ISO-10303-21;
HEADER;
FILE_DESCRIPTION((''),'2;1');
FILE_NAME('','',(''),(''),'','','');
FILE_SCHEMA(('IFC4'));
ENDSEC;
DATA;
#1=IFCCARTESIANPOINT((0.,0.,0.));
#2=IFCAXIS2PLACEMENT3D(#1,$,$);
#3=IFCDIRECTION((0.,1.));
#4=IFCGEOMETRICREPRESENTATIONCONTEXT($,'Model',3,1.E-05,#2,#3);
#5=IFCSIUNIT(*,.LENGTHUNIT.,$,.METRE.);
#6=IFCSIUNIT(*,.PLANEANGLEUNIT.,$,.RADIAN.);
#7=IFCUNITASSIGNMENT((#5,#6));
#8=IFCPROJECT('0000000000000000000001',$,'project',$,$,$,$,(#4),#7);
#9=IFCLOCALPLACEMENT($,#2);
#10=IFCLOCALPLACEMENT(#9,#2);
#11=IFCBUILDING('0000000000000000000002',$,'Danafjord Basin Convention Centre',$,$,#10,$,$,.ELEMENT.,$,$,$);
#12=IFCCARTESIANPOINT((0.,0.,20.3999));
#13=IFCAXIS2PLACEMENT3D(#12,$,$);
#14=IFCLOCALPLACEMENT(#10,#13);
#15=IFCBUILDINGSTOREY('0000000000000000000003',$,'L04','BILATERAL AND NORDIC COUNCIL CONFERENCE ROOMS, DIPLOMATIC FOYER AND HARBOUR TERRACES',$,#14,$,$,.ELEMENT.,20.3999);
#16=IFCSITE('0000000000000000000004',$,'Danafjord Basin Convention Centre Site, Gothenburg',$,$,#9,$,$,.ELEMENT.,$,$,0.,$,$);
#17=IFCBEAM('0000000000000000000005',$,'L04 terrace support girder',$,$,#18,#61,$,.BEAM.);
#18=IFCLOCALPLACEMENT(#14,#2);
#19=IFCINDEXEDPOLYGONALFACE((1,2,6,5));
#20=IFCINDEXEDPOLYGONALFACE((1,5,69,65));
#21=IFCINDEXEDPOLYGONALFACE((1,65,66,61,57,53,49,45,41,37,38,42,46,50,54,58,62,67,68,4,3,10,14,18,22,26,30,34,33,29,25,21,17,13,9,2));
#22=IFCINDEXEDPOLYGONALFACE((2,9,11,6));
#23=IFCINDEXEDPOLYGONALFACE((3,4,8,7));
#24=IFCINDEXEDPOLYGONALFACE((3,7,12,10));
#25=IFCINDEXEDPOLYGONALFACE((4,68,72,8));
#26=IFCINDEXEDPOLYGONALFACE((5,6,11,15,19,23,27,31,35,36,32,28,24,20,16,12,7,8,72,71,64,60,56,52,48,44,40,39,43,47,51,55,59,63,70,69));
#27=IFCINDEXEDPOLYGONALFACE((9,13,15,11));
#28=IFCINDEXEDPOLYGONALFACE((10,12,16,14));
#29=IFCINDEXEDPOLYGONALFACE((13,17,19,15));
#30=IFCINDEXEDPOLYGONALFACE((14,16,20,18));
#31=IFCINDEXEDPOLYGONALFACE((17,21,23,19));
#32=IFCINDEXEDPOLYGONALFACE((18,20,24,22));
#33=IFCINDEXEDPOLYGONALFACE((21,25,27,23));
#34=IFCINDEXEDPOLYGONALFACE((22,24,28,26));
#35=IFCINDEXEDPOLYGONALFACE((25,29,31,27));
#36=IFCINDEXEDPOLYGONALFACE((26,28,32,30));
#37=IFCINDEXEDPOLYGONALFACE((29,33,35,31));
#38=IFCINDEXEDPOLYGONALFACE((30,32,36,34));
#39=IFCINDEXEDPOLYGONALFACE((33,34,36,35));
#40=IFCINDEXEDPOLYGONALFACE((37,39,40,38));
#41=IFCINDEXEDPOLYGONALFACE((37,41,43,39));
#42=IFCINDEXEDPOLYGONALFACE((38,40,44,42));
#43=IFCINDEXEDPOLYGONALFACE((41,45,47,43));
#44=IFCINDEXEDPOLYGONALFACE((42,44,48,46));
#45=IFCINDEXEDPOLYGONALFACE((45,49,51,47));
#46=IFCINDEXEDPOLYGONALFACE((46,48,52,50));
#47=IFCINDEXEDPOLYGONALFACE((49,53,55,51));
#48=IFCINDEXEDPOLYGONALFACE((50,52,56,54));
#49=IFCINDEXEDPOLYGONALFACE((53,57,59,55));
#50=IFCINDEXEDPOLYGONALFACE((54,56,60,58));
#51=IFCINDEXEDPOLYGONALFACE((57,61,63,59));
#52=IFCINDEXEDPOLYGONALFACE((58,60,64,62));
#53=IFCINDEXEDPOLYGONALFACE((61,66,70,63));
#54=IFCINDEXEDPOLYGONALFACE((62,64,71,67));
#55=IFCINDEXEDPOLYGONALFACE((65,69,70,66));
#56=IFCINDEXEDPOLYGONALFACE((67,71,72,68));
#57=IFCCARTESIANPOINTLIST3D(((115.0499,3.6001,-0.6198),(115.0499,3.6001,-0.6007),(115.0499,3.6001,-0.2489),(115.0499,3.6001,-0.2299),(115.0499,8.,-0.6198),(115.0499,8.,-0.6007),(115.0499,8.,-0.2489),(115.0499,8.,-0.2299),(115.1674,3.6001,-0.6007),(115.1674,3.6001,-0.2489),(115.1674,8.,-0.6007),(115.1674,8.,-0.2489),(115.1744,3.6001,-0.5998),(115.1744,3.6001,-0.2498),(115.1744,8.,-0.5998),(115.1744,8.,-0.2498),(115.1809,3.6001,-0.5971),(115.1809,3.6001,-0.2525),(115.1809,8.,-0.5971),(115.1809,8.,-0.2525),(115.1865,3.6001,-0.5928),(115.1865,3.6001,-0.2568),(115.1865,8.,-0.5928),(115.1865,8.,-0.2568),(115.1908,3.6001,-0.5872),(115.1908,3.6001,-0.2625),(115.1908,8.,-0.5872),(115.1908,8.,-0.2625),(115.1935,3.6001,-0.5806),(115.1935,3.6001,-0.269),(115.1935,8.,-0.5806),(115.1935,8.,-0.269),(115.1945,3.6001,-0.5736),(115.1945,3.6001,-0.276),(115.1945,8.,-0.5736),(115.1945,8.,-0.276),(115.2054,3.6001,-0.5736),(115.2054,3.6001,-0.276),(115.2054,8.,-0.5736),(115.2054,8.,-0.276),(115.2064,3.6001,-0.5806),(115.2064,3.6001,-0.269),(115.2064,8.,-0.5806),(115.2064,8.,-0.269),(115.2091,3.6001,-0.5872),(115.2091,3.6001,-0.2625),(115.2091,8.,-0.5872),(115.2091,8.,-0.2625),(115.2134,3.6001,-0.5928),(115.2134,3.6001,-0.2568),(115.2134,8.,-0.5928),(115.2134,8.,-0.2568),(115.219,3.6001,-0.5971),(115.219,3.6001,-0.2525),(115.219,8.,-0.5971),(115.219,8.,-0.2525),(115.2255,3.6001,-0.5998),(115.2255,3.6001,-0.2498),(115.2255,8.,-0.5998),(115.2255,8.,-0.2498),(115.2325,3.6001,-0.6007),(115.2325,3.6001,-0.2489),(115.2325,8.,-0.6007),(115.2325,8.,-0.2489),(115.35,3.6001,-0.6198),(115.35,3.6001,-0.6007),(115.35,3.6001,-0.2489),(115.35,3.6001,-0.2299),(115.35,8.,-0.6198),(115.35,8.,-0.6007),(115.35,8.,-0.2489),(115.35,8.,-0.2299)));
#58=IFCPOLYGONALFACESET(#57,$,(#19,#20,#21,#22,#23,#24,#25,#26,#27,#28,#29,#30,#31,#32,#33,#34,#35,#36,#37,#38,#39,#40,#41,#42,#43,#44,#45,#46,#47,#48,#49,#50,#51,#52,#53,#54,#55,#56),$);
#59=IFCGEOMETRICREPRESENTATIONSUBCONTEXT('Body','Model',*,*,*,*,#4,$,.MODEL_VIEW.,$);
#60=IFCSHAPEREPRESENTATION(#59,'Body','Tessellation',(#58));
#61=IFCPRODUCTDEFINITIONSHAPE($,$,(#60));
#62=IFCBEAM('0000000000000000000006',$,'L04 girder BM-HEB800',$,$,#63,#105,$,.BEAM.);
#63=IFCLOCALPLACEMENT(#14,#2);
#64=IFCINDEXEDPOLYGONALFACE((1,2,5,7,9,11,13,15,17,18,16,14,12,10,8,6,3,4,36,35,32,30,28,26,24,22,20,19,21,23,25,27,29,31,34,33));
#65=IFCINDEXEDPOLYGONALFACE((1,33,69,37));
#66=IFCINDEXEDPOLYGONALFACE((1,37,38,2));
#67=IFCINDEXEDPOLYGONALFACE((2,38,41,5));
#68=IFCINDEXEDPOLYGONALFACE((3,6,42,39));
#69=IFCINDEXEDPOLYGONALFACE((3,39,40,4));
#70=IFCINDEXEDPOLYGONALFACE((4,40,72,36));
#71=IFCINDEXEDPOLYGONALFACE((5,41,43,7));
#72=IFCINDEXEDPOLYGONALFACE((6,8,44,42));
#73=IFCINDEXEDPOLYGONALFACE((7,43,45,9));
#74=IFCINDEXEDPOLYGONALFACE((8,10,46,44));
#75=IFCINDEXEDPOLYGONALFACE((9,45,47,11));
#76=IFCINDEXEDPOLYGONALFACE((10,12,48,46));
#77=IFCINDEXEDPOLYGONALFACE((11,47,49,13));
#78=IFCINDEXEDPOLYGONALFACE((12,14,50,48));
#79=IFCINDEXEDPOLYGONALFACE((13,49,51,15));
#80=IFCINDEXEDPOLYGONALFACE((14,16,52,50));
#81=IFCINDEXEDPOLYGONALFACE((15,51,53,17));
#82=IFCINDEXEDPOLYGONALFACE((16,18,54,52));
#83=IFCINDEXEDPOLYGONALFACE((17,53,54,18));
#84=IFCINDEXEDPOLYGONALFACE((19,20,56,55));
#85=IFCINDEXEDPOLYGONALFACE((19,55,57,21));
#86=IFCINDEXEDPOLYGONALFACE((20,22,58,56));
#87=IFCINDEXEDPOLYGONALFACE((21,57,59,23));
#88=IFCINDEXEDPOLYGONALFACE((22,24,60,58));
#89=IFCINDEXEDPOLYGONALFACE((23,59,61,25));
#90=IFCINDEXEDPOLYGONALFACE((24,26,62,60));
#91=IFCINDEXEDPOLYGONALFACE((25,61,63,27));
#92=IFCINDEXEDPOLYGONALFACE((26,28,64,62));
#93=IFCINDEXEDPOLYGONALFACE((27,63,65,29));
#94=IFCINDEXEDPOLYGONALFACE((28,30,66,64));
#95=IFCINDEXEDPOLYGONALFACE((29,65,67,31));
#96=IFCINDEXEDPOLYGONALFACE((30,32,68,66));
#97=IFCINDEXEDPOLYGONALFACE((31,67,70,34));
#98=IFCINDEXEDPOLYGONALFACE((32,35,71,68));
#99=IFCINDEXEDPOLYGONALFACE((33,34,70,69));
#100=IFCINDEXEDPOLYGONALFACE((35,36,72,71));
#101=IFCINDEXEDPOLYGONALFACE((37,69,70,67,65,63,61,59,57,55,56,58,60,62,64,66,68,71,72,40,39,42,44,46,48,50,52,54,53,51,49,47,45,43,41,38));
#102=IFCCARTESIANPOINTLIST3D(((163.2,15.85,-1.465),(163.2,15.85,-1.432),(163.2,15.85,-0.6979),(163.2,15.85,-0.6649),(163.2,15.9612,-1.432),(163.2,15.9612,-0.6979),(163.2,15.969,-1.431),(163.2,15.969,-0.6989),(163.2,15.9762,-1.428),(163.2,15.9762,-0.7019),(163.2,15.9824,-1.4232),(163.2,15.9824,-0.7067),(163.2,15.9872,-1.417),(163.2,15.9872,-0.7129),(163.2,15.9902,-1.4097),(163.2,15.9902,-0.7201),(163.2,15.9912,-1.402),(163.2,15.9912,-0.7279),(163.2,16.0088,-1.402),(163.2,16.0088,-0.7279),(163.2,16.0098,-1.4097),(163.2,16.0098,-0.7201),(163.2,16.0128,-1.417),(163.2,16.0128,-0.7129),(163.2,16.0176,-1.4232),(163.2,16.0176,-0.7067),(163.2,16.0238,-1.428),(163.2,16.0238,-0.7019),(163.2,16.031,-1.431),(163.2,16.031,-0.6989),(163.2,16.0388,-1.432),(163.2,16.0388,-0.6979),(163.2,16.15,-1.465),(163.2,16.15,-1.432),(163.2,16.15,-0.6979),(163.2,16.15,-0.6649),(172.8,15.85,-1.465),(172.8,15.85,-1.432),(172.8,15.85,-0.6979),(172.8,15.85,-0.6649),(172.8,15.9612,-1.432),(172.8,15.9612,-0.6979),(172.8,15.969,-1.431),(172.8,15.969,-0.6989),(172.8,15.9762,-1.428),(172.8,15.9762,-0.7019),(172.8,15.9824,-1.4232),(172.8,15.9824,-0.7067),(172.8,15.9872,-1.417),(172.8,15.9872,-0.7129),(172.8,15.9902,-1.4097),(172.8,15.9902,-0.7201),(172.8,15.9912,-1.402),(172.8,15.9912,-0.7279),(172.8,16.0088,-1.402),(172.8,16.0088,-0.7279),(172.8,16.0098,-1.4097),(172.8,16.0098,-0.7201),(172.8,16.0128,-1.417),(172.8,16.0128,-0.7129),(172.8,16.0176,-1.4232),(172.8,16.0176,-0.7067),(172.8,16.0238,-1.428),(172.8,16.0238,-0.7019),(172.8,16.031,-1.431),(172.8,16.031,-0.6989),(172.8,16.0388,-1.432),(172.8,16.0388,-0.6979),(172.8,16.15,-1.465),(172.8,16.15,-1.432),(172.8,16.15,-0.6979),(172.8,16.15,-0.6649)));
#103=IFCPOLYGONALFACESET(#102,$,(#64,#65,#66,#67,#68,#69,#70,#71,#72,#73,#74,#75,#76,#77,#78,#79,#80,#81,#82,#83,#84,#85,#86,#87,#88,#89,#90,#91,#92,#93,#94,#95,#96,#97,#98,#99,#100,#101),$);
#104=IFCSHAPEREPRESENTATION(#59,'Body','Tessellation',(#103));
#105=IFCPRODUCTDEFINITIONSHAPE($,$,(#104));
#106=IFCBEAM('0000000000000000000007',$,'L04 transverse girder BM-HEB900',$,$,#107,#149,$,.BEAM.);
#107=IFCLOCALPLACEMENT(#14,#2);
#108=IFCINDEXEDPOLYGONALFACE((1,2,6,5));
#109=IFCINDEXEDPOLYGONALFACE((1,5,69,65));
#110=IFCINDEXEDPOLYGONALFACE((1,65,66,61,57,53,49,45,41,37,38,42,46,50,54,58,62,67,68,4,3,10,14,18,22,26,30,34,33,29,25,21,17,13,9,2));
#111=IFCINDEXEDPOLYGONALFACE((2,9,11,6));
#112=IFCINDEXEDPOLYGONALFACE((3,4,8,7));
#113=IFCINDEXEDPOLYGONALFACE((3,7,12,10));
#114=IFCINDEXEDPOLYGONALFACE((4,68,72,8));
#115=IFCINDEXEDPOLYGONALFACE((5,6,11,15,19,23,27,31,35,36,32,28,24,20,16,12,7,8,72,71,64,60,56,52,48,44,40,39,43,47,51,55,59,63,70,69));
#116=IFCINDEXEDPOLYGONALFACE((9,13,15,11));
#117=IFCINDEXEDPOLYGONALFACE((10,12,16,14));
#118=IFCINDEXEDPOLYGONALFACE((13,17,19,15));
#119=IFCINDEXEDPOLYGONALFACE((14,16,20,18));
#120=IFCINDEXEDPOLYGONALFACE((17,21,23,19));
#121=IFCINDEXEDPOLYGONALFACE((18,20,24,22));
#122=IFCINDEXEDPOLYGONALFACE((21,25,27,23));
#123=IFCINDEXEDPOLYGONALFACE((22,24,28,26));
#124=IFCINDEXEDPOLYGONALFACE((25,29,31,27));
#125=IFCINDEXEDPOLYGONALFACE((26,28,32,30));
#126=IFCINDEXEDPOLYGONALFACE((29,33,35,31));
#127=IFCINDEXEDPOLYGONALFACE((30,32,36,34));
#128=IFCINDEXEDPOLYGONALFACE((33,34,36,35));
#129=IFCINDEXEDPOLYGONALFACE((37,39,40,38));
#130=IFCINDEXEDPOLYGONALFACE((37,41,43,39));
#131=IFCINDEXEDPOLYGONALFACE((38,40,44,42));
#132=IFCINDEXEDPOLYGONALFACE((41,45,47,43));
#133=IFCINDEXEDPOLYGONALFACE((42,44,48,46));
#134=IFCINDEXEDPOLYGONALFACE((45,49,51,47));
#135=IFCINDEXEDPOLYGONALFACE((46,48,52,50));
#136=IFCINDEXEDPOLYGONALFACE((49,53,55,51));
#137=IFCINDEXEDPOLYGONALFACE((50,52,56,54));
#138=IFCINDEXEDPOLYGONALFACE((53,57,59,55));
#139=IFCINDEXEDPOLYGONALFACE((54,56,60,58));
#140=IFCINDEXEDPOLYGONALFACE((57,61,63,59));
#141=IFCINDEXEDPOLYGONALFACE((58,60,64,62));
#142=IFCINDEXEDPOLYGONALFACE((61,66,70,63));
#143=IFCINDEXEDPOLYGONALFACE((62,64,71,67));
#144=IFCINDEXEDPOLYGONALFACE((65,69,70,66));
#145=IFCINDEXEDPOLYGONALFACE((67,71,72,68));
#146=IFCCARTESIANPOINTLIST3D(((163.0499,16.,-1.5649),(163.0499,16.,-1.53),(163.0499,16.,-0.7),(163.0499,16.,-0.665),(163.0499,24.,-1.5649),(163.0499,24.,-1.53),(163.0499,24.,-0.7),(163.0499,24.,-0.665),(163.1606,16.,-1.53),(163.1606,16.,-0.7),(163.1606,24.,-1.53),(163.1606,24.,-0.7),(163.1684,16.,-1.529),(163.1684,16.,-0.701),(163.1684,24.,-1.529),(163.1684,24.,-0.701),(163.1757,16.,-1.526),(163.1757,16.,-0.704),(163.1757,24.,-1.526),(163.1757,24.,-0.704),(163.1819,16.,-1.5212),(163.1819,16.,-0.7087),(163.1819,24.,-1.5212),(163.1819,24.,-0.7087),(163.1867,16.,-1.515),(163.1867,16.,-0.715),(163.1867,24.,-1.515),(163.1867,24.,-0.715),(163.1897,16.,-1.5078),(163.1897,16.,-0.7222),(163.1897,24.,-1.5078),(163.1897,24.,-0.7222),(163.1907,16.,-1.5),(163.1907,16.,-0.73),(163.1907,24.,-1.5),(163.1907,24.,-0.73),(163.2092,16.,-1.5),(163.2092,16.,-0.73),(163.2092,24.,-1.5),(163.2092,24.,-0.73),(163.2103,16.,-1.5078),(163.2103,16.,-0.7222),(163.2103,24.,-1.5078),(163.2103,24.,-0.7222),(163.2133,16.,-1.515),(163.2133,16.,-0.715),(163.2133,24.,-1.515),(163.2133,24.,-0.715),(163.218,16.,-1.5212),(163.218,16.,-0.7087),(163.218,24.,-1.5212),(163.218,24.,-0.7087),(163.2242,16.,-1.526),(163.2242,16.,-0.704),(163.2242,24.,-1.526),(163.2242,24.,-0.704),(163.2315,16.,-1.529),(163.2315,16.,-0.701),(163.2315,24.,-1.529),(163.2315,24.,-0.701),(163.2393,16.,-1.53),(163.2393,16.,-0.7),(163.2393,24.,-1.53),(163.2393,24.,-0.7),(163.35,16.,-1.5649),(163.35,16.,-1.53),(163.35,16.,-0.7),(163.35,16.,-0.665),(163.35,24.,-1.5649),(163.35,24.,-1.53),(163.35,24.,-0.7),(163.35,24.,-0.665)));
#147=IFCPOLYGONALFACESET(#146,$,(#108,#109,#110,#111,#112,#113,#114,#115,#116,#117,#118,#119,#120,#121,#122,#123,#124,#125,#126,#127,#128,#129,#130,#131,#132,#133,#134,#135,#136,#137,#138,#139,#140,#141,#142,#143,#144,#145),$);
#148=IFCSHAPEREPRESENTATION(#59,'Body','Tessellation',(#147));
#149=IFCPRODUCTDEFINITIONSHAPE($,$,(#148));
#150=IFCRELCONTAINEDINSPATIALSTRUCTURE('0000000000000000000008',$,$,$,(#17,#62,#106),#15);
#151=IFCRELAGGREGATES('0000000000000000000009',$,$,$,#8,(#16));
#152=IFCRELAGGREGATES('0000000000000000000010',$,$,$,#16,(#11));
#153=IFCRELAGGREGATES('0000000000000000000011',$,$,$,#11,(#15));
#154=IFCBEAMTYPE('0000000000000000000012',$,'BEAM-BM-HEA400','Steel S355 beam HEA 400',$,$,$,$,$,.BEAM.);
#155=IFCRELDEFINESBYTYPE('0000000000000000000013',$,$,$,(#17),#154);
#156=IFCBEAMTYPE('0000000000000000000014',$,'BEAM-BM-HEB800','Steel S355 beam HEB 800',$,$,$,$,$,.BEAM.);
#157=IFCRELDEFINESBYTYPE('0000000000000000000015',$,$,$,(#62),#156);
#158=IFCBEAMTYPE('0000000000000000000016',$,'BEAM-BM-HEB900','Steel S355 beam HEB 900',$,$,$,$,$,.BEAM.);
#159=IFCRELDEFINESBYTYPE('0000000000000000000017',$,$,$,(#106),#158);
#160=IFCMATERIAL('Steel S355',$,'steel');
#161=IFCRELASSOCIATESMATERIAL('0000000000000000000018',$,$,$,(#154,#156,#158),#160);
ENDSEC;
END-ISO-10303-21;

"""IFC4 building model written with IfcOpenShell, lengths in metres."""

from ifc_helpers import new_model, si_unit, direction, frame, origin, origin_2d, place, context, subcontext, project, spatial, i_section, extrude, material, material_profile, profile_set, type_object, element, save


model = new_model("IFC4")

# Units and contexts
model_context = context("Model", 3, precision=1e-05, world=origin(), true_north=direction((0.0, 1.0)))
body_context = subcontext(model_context, "Body", "Model", "MODEL_VIEW")
ifc_project = project(units=[si_unit("LENGTHUNIT", "METRE"), si_unit("PLANEANGLEUNIT", "RADIAN")], contexts=[model_context])

# Site, building, storey
site_placement = place(None, origin())
site = spatial("IfcSite", under=ifc_project, at=site_placement, Name="Danafjord Basin Convention Centre Site, Gothenburg", CompositionType="ELEMENT", RefElevation=0.0)
building_placement = place(site_placement, origin())
building = spatial("IfcBuilding", under=site, at=building_placement, Name="Danafjord Basin Convention Centre", CompositionType="ELEMENT")
storey_placement = place(building_placement, frame((0.0, 0.0, 20.3999)))
storey = spatial("IfcBuildingStorey", under=building, at=storey_placement, Name="L04", Description="BILATERAL AND NORDIC COUNCIL CONFERENCE ROOMS, DIPLOMATIC FOYER AND HARBOUR TERRACES", CompositionType="ELEMENT", Elevation=20.3999)

# Beams
ifc_material_1 = material(Name="Steel S355", Category="steel")
ifc_material_profile_1 = material_profile(ifc_material_1, i_section(OverallWidth=0.3, OverallDepth=0.3899, WebThickness=0.011, FlangeThickness=0.019, FilletRadius=0.0271, at=origin_2d()), Name="HEA 400")
ifc_profile_set_1 = profile_set([ifc_material_profile_1], Name="Steel S355")
beam_type_1 = type_object("IfcBeamType", Name="BEAM-BM-HEA400", Description="Steel S355 beam HEA 400", PredefinedType="BEAM", material=ifc_profile_set_1)
beam_1_placement = place(storey_placement, frame((115.2, 3.6001, -0.4248), z_axis=(0.0, 1.0, 0.0), x_axis=(-1.0, 0.0, 0.0)))
element("IfcBeam", 1, at=beam_1_placement, inside=storey, type_object=beam_type_1, Name="L04 terrace support girder", PredefinedType="BEAM", context=body_context, shape_type="SweptSolid", body=[
    extrude(i_section(OverallWidth=0.3, OverallDepth=0.3899, WebThickness=0.011, FlangeThickness=0.019, FilletRadius=0.0271, at=origin_2d()), origin(), (0.0, 0.0, 1.0), 4.3999),
])
ifc_material_profile_2 = material_profile(ifc_material_1, i_section(OverallWidth=0.3, OverallDepth=0.8, WebThickness=0.0176, FlangeThickness=0.033, FilletRadius=0.03, at=origin_2d()), Name="HEB 800")
ifc_profile_set_2 = profile_set([ifc_material_profile_2], Name="Steel S355")
beam_type_2 = type_object("IfcBeamType", Name="BEAM-BM-HEB800", Description="Steel S355 beam HEB 800", PredefinedType="BEAM", material=ifc_profile_set_2)
beam_2_placement = place(storey_placement, frame((163.2, 16.0, -1.0649), z_axis=(1.0, 0.0, 0.0), x_axis=(0.0, 1.0, 0.0)))
element("IfcBeam", 2, at=beam_2_placement, inside=storey, type_object=beam_type_2, Name="L04 girder BM-HEB800", PredefinedType="BEAM", context=body_context, shape_type="SweptSolid", body=[
    extrude(i_section(OverallWidth=0.3, OverallDepth=0.8, WebThickness=0.0176, FlangeThickness=0.033, FilletRadius=0.03, at=origin_2d()), origin(), (0.0, 0.0, 1.0), 9.6001),
])
ifc_material_profile_3 = material_profile(ifc_material_1, i_section(OverallWidth=0.3, OverallDepth=0.8999, WebThickness=0.0186, FlangeThickness=0.0349, FilletRadius=0.03, at=origin_2d()), Name="HEB 900")
ifc_profile_set_3 = profile_set([ifc_material_profile_3], Name="Steel S355")
beam_type_3 = type_object("IfcBeamType", Name="BEAM-BM-HEB900", Description="Steel S355 beam HEB 900", PredefinedType="BEAM", material=ifc_profile_set_3)
beam_3_placement = place(storey_placement, frame((163.2, 16.0, -1.115), z_axis=(0.0, 1.0, 0.0), x_axis=(-1.0, 0.0, 0.0)))
element("IfcBeam", 3, at=beam_3_placement, inside=storey, type_object=beam_type_3, Name="L04 transverse girder BM-HEB900", PredefinedType="BEAM", context=body_context, shape_type="SweptSolid", body=[
    extrude(i_section(OverallWidth=0.3, OverallDepth=0.8999, WebThickness=0.0186, FlangeThickness=0.0349, FilletRadius=0.03, at=origin_2d()), origin(), (0.0, 0.0, 1.0), 8.0),
])

save(model, "model.ifc")
